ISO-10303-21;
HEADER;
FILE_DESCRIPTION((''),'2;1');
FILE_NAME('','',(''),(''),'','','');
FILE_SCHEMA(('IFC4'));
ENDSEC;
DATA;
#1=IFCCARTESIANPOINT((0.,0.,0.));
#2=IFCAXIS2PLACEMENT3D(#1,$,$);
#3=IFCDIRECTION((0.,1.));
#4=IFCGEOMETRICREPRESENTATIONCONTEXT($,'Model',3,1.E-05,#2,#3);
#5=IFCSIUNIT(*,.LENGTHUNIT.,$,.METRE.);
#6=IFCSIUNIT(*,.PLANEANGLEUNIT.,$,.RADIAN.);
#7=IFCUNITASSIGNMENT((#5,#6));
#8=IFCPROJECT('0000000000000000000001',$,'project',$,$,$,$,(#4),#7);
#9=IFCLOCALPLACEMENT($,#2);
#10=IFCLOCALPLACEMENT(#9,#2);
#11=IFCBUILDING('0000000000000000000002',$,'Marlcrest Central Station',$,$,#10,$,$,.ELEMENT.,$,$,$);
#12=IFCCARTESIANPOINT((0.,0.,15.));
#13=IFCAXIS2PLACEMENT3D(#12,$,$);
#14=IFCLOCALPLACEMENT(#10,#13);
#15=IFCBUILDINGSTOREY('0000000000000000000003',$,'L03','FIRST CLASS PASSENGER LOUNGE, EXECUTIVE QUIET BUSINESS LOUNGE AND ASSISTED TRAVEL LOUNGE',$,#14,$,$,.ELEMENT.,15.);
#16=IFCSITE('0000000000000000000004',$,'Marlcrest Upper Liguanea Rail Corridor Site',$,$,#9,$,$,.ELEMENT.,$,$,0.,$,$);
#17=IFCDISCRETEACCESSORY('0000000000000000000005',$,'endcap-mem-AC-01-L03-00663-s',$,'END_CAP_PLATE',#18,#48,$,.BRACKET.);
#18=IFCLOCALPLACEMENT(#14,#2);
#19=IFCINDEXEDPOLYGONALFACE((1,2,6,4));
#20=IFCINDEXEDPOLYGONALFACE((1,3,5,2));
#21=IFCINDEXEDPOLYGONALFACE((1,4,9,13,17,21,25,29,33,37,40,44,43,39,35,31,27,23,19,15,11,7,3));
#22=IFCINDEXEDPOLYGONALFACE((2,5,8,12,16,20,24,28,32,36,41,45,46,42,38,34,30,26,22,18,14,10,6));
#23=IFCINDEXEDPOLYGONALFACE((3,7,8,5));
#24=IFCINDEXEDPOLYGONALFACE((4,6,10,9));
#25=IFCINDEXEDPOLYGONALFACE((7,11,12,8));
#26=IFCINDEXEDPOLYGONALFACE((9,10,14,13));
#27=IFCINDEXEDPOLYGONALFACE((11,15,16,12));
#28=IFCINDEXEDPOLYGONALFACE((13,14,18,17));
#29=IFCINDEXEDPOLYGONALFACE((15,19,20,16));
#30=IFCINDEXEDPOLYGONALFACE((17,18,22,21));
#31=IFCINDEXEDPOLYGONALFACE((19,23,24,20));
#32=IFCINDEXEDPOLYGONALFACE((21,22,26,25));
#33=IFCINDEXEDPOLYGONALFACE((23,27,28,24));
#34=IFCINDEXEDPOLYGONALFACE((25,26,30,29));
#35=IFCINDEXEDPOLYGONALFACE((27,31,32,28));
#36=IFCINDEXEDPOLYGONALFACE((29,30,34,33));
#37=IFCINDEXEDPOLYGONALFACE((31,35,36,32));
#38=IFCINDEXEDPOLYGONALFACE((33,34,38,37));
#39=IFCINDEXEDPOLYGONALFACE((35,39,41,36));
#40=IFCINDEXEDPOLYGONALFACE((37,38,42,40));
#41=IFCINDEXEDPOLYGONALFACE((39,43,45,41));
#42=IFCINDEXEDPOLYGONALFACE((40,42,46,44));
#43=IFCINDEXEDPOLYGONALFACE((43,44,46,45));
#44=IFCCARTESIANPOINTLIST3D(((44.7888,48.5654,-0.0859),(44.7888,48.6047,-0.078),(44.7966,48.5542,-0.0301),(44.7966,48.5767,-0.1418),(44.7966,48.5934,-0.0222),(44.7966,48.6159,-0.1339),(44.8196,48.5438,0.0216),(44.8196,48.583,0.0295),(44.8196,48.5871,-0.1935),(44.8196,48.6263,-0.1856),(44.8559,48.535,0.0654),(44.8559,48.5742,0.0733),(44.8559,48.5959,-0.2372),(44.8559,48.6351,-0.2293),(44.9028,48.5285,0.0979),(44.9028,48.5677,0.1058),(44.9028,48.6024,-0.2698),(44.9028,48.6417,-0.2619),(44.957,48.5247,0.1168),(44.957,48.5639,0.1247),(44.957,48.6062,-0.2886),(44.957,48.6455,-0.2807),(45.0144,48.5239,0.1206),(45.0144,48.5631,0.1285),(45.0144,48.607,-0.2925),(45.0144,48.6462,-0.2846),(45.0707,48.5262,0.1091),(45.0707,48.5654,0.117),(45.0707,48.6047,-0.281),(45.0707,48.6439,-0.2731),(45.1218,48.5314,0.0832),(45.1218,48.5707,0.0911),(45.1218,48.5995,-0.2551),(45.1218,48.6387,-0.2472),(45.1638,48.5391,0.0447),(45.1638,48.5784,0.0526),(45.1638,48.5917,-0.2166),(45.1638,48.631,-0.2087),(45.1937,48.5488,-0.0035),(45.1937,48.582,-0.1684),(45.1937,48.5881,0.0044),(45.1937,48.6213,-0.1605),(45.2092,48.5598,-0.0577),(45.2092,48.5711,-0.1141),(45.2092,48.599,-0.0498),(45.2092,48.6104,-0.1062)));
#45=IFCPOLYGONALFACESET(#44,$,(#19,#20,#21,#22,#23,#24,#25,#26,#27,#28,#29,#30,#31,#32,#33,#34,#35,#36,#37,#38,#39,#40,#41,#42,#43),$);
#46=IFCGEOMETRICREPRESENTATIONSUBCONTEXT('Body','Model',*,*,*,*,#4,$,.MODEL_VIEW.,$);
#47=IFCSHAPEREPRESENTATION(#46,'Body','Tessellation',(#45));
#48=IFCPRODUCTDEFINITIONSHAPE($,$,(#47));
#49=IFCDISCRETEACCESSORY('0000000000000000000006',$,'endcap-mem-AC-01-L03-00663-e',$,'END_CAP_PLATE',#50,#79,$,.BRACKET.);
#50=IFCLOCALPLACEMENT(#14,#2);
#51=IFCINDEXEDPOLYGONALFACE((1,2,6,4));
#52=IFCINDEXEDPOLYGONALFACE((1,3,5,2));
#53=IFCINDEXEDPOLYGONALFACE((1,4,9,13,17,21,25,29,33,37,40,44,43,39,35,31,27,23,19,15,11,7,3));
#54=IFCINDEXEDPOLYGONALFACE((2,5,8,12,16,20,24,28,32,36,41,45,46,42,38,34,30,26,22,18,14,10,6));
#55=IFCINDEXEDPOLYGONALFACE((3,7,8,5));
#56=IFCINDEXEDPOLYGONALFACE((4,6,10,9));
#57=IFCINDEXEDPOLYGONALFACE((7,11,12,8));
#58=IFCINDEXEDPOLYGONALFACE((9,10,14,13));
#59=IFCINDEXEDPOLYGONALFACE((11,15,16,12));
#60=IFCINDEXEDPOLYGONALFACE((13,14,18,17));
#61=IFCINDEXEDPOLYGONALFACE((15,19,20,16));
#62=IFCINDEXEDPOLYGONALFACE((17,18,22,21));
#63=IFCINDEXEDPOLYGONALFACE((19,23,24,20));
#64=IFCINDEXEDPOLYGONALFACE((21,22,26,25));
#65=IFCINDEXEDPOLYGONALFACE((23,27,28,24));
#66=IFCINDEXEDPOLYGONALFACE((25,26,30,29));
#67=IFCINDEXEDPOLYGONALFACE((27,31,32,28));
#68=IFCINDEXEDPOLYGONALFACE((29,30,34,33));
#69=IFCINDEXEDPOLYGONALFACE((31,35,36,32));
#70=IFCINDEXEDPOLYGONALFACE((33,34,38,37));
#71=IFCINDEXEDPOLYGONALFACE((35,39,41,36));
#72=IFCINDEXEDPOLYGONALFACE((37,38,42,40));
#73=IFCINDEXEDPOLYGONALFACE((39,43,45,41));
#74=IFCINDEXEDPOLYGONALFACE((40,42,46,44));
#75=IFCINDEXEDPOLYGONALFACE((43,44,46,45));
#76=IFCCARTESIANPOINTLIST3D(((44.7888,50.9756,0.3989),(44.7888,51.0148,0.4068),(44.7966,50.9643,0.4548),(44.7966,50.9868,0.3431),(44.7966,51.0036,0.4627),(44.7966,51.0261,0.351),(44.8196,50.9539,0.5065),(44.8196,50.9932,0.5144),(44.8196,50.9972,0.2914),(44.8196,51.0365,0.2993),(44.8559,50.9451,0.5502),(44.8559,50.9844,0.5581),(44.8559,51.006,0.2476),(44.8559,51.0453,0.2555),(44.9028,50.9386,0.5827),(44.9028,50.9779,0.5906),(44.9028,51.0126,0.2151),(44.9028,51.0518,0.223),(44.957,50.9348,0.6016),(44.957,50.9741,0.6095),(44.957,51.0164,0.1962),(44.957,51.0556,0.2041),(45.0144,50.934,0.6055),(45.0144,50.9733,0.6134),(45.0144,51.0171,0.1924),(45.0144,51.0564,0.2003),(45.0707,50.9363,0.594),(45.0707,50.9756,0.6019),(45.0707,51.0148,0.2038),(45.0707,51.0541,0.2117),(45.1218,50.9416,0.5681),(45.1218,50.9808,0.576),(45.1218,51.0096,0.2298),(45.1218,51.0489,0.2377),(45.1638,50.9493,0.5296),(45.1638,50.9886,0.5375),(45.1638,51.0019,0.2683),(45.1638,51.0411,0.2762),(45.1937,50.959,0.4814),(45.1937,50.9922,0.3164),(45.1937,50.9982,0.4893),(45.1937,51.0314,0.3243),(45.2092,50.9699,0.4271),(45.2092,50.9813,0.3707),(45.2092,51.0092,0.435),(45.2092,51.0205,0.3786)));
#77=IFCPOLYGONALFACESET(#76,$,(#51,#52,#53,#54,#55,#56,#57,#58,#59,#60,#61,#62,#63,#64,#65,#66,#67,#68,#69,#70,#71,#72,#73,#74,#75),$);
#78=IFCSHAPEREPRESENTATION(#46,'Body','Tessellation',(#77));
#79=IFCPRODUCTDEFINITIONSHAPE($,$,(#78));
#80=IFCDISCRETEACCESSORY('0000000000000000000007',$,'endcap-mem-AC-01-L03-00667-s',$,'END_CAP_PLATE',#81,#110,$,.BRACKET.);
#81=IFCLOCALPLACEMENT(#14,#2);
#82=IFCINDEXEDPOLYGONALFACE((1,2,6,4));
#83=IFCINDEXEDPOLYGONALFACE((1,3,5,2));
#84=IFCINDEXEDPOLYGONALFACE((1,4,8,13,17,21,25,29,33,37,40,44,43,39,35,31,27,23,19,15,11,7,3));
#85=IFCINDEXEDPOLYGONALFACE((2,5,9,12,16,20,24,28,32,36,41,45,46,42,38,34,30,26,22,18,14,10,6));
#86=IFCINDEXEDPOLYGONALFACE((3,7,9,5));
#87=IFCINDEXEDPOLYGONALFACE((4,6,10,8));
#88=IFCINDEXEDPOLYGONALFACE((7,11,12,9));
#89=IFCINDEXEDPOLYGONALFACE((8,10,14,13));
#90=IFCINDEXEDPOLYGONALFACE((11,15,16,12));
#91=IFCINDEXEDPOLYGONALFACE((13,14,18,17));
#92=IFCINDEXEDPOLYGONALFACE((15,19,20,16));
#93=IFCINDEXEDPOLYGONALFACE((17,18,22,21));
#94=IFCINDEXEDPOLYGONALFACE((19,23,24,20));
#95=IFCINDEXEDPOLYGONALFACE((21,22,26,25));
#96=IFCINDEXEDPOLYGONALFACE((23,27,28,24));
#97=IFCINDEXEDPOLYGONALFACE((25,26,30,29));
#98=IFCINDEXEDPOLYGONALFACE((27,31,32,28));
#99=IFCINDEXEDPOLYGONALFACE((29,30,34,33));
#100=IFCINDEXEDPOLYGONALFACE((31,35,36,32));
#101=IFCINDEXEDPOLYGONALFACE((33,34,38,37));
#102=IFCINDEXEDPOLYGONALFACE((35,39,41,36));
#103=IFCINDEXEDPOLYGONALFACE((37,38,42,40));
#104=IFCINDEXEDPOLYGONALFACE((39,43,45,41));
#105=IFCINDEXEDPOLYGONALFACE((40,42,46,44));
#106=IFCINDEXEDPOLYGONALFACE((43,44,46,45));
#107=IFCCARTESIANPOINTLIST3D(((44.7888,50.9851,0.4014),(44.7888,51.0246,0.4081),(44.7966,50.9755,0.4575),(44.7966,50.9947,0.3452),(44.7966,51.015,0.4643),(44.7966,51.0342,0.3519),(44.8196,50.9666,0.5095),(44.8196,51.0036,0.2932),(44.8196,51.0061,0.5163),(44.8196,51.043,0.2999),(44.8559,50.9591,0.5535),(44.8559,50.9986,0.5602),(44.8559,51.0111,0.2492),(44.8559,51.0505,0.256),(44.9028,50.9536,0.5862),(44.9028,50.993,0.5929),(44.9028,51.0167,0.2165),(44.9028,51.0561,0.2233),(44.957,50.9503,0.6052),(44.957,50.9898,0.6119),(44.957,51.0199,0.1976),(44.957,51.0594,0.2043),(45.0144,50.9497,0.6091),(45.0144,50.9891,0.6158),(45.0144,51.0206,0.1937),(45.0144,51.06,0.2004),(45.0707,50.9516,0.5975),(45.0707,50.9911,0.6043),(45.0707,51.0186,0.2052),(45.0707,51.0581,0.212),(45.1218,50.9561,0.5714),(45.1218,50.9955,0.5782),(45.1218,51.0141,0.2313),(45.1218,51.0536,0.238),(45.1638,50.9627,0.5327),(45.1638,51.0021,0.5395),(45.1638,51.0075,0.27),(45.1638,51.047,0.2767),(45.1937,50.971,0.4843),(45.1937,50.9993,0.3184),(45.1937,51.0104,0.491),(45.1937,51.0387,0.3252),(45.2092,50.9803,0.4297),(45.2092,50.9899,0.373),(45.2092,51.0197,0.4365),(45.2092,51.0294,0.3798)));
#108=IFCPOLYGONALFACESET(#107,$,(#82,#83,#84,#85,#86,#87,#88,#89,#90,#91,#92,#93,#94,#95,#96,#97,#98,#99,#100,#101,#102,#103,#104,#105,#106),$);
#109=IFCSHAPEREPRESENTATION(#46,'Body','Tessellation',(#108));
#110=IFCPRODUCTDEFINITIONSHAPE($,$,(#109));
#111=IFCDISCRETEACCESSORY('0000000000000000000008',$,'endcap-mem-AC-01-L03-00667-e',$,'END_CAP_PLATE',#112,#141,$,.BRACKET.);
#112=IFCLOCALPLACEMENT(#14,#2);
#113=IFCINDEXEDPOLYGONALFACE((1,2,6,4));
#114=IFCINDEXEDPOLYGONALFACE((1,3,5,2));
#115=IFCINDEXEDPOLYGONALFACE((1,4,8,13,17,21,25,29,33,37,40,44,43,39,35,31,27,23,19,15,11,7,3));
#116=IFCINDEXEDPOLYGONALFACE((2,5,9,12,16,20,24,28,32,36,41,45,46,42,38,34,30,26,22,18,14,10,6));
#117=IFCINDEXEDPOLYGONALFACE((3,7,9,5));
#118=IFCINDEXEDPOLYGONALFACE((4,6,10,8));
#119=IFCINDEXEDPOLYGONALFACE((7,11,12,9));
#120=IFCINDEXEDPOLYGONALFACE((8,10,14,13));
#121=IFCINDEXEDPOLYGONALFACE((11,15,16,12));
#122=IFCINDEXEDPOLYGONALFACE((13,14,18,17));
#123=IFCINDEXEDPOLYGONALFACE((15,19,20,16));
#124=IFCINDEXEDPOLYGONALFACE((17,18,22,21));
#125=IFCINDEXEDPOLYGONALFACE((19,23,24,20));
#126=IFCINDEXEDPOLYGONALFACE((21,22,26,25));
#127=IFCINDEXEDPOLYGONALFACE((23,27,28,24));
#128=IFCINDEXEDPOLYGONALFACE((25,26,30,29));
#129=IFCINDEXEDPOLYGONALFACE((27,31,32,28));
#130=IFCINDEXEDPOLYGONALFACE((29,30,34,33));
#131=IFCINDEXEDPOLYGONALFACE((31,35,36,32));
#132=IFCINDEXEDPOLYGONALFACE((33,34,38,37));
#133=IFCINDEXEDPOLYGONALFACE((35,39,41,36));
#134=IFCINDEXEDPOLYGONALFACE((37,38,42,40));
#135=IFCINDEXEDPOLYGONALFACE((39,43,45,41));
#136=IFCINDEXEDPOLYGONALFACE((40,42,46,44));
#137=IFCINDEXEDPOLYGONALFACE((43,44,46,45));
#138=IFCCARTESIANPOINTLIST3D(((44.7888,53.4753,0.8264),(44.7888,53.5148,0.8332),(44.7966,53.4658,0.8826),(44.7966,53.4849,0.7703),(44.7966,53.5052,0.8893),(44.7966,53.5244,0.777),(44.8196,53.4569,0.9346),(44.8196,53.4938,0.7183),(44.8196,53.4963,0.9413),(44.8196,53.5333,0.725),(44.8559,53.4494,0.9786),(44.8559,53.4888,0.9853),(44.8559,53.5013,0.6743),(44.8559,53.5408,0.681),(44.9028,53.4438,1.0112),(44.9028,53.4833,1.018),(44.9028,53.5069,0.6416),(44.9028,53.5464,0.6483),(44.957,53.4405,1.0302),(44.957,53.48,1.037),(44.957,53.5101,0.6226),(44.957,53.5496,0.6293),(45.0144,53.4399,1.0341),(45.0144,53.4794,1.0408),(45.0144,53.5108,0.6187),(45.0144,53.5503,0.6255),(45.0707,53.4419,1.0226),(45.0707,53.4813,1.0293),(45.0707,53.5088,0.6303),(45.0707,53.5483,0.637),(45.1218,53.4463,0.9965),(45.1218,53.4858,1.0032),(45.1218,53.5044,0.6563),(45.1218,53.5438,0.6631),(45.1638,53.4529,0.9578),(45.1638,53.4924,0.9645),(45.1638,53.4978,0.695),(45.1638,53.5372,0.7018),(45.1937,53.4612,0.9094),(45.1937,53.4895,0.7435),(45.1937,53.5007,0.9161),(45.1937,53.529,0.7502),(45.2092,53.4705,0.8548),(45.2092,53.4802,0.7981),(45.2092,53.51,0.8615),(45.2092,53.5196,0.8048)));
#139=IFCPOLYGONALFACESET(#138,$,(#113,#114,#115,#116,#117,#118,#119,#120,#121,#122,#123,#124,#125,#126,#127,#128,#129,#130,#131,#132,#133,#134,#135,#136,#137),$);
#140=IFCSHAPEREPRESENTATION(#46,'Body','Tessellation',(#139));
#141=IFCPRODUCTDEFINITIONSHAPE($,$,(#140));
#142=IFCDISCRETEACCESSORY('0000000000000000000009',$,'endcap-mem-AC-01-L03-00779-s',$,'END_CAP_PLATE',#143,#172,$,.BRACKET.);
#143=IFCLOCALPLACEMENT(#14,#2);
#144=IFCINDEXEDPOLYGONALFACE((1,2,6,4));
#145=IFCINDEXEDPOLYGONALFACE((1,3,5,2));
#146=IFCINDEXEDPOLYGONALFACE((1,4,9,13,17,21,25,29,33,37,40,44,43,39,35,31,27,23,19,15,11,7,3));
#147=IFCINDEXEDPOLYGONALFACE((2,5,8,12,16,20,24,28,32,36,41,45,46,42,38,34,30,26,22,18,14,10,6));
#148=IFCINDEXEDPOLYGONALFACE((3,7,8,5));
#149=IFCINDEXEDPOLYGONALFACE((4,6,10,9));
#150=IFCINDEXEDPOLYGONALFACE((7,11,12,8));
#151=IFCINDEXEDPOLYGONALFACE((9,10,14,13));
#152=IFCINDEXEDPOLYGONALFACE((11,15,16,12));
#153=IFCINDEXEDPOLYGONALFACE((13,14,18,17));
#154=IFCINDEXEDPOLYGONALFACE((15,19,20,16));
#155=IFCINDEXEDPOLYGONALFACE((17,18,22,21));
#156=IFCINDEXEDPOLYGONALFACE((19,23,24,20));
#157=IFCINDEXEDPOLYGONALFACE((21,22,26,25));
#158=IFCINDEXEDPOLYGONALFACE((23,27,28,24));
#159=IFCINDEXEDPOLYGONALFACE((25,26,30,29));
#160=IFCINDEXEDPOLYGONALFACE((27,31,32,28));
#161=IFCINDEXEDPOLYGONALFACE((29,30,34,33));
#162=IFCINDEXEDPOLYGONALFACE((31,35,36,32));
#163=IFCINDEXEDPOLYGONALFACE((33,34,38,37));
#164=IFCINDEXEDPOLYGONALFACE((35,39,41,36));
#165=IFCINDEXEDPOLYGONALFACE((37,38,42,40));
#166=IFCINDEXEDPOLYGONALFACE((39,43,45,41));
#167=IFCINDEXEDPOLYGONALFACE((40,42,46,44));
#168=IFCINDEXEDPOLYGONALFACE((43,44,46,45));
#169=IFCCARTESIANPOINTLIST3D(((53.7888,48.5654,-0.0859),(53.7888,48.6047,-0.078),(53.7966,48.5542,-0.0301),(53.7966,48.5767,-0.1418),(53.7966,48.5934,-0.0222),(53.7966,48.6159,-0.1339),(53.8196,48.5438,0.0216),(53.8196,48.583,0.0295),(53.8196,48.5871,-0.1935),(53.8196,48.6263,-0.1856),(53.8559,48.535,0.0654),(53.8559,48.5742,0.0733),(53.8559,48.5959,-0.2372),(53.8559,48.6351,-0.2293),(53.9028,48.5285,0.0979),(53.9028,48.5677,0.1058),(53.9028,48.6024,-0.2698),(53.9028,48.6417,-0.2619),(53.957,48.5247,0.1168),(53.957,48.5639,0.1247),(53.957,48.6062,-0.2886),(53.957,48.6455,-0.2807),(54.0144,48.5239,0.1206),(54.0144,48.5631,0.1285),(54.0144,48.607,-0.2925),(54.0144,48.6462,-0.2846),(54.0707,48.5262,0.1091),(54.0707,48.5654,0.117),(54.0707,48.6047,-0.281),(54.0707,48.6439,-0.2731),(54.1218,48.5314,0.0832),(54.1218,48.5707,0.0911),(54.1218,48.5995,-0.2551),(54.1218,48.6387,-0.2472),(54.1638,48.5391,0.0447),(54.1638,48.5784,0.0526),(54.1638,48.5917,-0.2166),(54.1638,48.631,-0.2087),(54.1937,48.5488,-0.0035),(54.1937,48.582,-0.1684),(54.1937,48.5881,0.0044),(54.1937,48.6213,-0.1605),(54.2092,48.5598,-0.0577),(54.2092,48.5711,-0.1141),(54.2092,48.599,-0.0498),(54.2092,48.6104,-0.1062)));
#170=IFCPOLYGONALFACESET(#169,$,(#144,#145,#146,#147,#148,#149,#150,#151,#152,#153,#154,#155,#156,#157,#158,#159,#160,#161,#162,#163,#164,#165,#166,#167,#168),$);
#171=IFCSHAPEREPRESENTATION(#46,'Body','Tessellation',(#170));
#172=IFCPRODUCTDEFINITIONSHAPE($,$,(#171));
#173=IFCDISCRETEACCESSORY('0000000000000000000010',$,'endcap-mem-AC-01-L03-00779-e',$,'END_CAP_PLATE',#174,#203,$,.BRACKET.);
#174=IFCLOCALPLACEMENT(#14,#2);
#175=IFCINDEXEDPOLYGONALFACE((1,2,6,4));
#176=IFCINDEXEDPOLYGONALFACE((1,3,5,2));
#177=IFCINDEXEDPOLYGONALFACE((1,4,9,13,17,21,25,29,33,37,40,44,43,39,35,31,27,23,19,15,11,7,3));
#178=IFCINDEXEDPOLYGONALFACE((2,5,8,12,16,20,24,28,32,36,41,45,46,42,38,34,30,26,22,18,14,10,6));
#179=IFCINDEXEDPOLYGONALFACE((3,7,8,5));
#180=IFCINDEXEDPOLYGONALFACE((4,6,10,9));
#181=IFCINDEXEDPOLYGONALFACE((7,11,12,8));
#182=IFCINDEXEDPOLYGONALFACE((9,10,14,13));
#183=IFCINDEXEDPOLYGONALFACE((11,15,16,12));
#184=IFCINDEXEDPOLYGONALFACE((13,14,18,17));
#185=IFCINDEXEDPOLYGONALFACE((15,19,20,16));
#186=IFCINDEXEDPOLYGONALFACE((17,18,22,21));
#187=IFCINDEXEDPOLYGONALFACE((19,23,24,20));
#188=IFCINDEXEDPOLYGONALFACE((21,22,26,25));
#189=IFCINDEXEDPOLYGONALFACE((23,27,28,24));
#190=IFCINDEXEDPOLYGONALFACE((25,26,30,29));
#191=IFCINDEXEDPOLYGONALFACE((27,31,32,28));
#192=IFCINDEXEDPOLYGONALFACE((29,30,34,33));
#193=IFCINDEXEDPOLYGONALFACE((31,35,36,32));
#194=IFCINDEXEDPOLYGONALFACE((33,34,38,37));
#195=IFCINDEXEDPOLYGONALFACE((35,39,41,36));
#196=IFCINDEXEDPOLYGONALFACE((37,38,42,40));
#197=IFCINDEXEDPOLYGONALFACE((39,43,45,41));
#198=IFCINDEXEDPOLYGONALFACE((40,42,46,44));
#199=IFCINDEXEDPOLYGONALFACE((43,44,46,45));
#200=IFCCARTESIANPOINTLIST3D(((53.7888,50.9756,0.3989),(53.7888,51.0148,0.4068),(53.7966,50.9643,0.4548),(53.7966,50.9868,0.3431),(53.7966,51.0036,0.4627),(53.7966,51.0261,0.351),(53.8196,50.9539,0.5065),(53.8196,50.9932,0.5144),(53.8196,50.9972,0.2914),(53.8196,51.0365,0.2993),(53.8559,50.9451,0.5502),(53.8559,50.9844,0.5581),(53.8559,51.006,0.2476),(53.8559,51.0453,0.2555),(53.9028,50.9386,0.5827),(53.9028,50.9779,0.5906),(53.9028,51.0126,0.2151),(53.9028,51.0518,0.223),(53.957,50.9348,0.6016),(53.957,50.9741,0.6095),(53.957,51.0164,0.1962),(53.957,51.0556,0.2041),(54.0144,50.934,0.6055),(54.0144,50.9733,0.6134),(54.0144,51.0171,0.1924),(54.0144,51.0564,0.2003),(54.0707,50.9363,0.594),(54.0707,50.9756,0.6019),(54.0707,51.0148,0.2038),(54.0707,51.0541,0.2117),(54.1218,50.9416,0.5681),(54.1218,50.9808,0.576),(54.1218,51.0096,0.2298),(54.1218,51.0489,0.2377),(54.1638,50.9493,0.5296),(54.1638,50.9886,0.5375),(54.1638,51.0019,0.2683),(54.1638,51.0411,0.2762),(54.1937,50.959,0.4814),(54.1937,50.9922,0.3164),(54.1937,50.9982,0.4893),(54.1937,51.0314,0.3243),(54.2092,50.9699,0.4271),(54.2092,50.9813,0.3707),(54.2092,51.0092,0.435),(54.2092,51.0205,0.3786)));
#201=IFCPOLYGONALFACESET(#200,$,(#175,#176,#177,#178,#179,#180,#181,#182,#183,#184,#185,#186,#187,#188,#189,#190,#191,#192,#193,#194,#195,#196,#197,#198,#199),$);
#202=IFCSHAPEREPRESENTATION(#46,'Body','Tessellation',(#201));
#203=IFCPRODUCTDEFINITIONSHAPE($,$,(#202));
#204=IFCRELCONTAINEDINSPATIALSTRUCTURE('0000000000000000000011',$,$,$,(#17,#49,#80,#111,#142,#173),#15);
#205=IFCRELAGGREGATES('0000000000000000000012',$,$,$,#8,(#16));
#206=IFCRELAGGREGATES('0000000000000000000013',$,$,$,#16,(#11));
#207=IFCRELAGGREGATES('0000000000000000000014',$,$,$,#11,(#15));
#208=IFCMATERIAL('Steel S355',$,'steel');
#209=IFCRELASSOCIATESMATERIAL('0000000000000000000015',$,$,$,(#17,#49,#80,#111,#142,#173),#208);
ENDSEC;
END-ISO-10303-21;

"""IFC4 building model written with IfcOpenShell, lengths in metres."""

from ifc_helpers import new_model, si_unit, direction, frame, origin, origin_2d, place, context, subcontext, project, spatial, circle, extrude, material, element, save


model = new_model("IFC4")

# Units and contexts
model_context = context("Model", 3, precision=1e-05, world=origin(), true_north=direction((0.0, 1.0)))
body_context = subcontext(model_context, "Body", "Model", "MODEL_VIEW")
ifc_project = project(units=[si_unit("LENGTHUNIT", "METRE"), si_unit("PLANEANGLEUNIT", "RADIAN")], contexts=[model_context])

# Site, building, storey
site_placement = place(None, origin())
site = spatial("IfcSite", under=ifc_project, at=site_placement, Name="Marlcrest Upper Liguanea Rail Corridor Site", CompositionType="ELEMENT", RefElevation=0.0)
building_placement = place(site_placement, origin())
building = spatial("IfcBuilding", under=site, at=building_placement, Name="Marlcrest Central Station", CompositionType="ELEMENT")
storey_placement = place(building_placement, frame((0.0, 0.0, 15.0)))
storey = spatial("IfcBuildingStorey", under=building, at=storey_placement, Name="L03", Description="FIRST CLASS PASSENGER LOUNGE, EXECUTIVE QUIET BUSINESS LOUNGE AND ASSISTED TRAVEL LOUNGE", CompositionType="ELEMENT", Elevation=15.0)

# Shared definitions
ifc_material_1 = material(Name="Steel S355", Category="steel")

# Discrete accessories
for number, where, z_axis, x_axis, name in (
    (1, (45.0, 48.5654, -0.0859), (0.0, 0.980359, 0.197219), (-1.0, 0.0, 0.0), "endcap-mem-AC-01-L03-00663-s"),
    (2, (45.0, 50.9756, 0.3989), (0.0, 0.980359, 0.197219), (-1.0, 0.0, 0.0), "endcap-mem-AC-01-L03-00663-e"),
    (3, (45.0, 50.9851, 0.4014), (0.0, 0.985741, 0.168269), (-1.0, 0.0, 0.0), "endcap-mem-AC-01-L03-00667-s"),
    (4, (45.0, 53.4753, 0.8264), (0.0, 0.985741, 0.168269), (-1.0, 0.0, 0.0), "endcap-mem-AC-01-L03-00667-e"),
    (5, (54.0, 48.5654, -0.0859), (0.0, 0.980359, 0.197219), (-1.0, 0.0, 0.0), "endcap-mem-AC-01-L03-00779-s"),
    (6, (54.0, 50.9756, 0.3989), (0.0, 0.980359, 0.197219), (-1.0, 0.0, 0.0), "endcap-mem-AC-01-L03-00779-e"),
):
    element("IfcDiscreteAccessory", number, at=place(storey_placement, frame(where, z_axis=z_axis, x_axis=x_axis)), inside=storey, material=ifc_material_1, Name=name, ObjectType="END_CAP_PLATE", PredefinedType="BRACKET", context=body_context, shape_type="SweptSolid", body=[
        extrude(circle(Radius=0.2112, at=origin_2d()), origin(), (0.0, 0.0, 1.0), 0.04),
    ])

save(model, "model.ifc")
